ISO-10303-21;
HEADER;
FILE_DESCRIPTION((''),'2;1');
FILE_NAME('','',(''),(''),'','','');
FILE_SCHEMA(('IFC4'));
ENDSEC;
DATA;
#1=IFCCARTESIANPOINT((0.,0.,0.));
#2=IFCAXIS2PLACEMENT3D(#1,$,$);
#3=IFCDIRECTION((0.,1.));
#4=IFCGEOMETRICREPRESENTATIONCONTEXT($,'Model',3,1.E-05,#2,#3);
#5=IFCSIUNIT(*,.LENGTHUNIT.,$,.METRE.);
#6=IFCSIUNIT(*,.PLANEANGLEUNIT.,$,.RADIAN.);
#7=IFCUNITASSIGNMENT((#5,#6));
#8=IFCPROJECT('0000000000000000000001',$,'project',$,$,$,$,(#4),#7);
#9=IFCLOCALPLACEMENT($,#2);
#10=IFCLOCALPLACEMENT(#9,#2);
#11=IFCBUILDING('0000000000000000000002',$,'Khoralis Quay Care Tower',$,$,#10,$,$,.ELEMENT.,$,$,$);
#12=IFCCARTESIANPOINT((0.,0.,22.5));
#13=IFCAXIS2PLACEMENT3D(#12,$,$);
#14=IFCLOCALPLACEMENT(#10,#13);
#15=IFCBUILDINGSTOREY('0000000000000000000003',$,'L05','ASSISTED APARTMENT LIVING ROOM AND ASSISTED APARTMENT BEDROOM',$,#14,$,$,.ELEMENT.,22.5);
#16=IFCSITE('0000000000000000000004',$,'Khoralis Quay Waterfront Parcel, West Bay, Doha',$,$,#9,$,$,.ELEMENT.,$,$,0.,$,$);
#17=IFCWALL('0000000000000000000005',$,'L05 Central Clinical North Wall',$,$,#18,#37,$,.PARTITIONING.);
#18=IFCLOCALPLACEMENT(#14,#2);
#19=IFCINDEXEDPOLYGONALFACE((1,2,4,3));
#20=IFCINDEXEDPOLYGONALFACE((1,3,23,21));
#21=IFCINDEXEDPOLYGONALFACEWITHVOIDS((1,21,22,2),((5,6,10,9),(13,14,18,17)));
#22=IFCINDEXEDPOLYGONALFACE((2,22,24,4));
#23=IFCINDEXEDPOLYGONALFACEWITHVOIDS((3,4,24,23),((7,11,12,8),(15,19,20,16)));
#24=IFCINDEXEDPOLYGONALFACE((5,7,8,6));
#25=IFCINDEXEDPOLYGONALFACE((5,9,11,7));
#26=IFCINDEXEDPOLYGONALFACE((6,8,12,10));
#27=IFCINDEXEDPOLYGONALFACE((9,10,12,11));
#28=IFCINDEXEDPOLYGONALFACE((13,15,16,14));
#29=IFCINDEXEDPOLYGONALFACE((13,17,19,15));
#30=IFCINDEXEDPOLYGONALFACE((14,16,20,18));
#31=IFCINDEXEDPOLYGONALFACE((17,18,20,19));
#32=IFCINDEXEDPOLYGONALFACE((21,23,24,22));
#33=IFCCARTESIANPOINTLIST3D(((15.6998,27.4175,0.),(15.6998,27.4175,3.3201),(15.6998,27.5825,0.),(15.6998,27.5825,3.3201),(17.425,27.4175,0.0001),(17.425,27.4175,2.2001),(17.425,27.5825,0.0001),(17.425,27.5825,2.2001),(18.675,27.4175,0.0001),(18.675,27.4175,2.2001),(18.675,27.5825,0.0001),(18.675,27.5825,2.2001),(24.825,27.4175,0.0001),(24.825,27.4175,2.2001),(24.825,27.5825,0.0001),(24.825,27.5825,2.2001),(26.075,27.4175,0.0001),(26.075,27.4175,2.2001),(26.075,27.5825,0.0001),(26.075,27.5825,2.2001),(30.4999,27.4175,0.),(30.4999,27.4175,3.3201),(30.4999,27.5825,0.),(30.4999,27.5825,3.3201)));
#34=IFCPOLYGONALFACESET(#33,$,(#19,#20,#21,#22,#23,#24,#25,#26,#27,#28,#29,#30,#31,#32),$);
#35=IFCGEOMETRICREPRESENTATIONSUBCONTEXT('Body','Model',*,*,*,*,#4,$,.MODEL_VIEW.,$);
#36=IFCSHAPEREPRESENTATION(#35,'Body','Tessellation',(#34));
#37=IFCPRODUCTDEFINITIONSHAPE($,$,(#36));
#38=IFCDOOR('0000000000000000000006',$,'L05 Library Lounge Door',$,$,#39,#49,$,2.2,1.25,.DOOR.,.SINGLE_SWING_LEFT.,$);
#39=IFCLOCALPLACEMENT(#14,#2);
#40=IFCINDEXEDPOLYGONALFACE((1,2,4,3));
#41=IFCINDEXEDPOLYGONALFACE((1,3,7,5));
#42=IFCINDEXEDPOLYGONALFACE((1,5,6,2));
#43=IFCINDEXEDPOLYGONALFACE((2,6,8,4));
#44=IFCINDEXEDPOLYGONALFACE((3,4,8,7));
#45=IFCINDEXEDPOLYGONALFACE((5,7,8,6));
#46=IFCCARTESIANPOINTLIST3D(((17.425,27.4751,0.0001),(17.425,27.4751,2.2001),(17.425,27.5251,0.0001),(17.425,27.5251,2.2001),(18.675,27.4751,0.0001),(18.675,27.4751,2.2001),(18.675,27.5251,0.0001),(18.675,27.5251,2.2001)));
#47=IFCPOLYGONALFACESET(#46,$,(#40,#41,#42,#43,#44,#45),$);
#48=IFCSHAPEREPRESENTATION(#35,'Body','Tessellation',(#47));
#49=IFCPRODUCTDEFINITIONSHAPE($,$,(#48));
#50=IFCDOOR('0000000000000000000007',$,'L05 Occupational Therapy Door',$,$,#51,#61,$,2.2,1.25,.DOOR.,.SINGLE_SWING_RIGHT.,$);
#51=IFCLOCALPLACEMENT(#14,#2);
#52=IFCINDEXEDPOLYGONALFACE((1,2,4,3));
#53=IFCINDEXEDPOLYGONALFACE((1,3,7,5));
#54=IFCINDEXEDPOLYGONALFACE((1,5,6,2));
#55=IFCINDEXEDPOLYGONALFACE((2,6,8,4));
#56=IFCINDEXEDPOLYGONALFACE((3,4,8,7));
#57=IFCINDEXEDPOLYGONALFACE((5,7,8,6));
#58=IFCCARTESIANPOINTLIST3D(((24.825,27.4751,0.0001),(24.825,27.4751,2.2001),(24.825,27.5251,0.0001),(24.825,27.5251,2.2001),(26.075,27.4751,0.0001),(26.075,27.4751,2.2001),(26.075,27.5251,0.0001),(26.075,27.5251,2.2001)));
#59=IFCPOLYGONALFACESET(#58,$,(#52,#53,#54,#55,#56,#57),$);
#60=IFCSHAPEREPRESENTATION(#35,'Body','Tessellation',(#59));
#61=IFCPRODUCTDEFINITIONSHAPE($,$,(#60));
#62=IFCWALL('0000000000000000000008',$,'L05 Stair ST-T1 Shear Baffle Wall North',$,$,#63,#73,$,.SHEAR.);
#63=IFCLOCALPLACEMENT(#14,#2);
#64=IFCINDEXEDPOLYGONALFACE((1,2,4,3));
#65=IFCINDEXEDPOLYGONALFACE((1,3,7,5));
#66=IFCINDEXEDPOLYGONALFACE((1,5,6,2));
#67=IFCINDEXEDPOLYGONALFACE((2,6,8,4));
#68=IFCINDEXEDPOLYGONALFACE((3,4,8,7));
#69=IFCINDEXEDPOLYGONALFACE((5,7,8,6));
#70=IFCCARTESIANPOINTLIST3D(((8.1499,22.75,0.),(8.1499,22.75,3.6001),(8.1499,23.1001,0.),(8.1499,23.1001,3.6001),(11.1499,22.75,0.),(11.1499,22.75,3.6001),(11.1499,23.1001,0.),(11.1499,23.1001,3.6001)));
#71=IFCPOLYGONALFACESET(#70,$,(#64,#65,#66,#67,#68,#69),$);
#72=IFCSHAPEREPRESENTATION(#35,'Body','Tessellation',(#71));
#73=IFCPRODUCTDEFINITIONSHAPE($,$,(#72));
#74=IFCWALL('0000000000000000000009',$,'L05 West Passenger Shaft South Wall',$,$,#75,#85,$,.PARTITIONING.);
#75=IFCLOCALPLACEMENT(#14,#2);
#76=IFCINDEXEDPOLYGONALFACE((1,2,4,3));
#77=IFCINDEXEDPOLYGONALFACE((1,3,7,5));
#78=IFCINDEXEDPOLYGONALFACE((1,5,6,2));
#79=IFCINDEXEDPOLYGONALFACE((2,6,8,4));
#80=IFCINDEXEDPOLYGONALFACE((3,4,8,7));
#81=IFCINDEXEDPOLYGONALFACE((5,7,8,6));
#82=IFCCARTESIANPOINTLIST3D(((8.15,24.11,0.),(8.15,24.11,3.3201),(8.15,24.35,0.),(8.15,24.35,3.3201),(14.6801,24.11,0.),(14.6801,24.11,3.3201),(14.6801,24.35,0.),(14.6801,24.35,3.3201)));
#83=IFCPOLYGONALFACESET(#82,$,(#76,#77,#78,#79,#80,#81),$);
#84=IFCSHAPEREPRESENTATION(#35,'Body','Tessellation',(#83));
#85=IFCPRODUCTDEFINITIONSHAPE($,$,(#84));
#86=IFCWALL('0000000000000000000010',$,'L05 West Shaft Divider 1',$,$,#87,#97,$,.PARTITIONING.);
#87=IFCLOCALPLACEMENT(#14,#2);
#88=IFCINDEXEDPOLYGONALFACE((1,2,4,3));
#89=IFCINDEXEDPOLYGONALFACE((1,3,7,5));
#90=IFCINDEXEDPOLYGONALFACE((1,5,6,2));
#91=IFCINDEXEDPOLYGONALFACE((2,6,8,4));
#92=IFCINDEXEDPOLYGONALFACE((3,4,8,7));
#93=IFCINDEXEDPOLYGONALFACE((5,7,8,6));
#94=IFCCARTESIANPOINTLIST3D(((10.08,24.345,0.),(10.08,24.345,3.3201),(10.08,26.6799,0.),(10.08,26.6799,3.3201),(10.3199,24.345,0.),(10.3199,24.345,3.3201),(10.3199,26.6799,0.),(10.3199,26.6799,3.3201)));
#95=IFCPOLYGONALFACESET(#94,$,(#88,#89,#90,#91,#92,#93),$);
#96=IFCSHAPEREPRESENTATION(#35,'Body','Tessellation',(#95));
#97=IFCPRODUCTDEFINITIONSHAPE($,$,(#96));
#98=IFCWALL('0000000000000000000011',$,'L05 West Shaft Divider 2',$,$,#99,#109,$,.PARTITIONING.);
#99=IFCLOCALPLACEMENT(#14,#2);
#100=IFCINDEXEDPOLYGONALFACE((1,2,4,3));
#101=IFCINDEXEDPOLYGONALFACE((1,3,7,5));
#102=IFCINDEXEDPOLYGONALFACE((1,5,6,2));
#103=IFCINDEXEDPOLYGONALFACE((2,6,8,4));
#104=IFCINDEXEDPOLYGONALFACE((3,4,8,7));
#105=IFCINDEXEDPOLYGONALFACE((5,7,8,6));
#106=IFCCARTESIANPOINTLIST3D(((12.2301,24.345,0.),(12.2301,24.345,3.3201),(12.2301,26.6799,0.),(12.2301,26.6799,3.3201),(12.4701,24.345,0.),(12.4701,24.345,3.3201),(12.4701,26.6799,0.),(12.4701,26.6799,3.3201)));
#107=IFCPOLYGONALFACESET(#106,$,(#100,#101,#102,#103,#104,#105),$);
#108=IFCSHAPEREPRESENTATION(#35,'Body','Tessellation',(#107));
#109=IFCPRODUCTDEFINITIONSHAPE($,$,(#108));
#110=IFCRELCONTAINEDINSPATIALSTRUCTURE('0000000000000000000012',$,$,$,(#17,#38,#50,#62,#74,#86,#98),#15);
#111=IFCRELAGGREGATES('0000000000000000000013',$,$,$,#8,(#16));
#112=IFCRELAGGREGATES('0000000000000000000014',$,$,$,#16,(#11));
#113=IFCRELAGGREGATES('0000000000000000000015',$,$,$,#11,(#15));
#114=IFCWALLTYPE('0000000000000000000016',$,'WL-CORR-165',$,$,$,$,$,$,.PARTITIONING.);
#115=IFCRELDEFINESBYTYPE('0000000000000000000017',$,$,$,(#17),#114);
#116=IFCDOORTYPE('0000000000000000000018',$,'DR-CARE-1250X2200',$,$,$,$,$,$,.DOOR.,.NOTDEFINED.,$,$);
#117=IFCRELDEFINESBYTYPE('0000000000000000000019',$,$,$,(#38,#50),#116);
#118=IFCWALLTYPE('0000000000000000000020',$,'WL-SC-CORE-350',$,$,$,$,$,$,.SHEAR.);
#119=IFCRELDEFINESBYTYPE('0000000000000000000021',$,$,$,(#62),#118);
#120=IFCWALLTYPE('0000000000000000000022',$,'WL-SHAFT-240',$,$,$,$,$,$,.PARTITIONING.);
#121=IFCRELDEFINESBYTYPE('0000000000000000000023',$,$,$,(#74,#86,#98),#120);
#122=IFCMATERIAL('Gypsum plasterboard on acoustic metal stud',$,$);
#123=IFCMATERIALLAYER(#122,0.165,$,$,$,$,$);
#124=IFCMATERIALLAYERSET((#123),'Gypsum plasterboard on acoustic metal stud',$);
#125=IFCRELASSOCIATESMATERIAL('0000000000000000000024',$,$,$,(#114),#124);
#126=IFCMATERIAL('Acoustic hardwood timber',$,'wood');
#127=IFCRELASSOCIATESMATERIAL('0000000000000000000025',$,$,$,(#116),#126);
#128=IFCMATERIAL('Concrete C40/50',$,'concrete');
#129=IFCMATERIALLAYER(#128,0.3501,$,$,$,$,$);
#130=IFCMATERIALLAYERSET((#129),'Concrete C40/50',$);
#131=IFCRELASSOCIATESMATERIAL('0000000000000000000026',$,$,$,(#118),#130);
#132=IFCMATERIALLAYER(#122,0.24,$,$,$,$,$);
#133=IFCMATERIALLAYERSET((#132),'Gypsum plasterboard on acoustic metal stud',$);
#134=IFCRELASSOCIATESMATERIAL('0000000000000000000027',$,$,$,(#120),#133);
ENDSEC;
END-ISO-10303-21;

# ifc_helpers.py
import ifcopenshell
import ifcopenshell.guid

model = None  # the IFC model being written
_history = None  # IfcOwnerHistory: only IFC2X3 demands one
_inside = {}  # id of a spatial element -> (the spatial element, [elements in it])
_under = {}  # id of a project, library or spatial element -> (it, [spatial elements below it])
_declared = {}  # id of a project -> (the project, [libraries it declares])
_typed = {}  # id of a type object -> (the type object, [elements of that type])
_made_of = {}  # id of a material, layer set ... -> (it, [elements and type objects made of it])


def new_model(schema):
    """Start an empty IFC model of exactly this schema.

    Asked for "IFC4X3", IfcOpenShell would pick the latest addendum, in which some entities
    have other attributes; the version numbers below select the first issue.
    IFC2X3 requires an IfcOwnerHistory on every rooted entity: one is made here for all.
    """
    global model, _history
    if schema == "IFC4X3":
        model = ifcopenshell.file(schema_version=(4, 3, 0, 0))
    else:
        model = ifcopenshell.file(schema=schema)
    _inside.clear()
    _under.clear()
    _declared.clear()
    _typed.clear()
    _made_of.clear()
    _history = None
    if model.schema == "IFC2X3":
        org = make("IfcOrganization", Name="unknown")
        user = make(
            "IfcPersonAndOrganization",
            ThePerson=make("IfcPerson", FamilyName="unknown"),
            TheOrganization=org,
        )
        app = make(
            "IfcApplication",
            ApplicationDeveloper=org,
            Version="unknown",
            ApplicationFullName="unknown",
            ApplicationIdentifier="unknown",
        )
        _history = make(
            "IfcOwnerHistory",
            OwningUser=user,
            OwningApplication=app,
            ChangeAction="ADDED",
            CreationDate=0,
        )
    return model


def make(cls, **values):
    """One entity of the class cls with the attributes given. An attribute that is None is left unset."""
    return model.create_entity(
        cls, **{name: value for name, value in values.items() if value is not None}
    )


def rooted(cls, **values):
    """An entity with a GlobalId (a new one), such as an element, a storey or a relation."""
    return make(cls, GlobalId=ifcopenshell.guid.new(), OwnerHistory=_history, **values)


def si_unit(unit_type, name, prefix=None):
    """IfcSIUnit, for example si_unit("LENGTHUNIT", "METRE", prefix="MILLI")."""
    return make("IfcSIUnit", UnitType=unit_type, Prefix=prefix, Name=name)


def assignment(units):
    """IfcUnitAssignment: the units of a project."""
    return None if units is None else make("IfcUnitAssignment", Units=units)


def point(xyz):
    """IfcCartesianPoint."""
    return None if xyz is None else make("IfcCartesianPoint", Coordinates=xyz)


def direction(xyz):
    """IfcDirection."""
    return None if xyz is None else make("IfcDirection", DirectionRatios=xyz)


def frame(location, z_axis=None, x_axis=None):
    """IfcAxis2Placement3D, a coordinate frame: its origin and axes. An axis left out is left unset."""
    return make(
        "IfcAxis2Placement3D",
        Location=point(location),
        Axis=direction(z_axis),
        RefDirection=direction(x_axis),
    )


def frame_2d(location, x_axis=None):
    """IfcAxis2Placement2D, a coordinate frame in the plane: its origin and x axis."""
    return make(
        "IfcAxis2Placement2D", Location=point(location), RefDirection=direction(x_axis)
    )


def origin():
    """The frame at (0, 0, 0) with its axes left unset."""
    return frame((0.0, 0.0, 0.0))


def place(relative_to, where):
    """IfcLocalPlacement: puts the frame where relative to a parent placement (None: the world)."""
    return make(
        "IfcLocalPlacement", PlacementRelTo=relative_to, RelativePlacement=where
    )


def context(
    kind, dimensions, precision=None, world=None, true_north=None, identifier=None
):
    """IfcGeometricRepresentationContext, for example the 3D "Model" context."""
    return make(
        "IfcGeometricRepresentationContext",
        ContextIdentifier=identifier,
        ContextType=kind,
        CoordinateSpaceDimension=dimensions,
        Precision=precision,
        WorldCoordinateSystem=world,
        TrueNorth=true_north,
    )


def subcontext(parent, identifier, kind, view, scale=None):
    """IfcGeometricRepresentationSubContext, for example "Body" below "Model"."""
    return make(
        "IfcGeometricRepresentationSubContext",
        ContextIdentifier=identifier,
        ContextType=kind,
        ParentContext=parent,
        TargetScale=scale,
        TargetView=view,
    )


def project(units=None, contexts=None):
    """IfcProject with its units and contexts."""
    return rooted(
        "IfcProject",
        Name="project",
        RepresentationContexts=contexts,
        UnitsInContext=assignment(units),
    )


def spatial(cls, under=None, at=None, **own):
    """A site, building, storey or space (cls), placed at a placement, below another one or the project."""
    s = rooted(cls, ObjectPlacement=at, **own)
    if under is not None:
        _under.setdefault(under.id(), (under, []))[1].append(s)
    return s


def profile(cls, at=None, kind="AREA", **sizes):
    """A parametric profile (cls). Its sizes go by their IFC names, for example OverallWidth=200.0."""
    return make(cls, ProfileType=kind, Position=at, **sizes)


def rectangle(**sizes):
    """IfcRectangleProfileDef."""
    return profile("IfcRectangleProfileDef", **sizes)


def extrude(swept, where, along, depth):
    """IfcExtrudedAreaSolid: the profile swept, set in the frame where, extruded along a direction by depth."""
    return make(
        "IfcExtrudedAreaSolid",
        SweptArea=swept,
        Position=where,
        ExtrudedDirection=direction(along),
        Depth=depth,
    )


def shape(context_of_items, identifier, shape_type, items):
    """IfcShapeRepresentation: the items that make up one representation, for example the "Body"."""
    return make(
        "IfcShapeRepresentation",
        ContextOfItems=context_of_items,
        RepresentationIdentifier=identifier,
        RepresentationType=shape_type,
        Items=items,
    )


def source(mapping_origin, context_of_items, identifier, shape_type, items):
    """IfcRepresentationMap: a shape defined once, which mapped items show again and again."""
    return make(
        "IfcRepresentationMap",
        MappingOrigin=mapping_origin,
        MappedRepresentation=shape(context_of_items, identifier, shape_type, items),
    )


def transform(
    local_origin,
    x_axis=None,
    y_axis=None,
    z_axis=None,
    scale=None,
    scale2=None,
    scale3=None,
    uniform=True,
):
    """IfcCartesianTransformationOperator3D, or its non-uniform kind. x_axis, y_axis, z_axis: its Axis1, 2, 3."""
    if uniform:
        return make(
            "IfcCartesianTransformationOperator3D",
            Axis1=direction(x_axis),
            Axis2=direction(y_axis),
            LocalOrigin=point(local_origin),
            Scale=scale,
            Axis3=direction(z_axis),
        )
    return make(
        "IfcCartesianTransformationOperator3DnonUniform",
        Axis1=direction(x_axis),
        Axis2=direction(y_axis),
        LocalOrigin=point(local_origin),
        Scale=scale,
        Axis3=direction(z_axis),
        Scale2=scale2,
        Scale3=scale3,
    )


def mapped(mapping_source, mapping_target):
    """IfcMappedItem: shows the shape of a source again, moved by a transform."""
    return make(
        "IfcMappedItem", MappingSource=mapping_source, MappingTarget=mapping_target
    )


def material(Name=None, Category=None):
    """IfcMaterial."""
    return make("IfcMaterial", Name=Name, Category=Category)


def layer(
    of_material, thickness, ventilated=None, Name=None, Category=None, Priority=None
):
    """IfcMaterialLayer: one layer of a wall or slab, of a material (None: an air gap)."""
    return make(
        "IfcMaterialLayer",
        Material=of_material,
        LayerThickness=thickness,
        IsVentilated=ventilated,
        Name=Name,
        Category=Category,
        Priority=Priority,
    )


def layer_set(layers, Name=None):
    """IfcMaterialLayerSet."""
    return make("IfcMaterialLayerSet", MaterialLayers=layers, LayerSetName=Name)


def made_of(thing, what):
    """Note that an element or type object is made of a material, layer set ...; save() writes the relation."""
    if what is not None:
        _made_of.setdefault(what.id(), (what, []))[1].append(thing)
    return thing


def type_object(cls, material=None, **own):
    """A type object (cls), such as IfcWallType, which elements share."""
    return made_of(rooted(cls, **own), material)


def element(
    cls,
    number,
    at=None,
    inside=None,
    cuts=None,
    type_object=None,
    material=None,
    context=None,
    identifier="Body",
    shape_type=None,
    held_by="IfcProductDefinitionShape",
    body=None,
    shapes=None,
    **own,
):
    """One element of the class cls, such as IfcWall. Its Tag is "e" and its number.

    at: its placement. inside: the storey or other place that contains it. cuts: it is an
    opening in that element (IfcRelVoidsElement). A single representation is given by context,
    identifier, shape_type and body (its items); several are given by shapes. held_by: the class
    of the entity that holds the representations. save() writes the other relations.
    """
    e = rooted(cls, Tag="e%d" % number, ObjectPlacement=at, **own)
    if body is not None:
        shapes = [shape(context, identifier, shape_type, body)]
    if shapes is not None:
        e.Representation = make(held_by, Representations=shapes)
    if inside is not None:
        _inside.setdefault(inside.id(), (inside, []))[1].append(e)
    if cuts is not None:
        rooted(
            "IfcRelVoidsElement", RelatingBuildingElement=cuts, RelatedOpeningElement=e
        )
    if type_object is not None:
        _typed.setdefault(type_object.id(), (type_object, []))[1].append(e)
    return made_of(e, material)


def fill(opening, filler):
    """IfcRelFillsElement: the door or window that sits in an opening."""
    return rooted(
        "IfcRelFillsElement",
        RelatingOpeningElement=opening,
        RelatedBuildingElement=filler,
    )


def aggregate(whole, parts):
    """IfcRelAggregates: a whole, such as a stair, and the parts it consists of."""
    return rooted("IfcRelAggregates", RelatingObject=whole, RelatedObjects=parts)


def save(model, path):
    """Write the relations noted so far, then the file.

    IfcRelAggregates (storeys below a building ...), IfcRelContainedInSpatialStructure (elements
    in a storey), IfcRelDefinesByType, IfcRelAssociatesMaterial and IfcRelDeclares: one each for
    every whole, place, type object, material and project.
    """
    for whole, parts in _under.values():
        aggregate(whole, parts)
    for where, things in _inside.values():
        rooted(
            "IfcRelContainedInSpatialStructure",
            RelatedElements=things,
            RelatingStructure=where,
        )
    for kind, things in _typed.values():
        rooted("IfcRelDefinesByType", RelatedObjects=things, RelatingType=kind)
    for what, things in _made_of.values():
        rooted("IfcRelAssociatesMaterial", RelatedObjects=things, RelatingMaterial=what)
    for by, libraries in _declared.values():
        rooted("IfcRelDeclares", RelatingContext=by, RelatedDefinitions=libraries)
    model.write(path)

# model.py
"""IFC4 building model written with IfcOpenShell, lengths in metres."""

from ifc_helpers import new_model, si_unit, direction, frame, frame_2d, origin, place, context, subcontext, project, spatial, rectangle, extrude, source, transform, mapped, material, layer, layer_set, type_object, element, fill, save


model = new_model("IFC4")

# Units and contexts
model_context = context("Model", 3, precision=1e-05, world=origin(), true_north=direction((0.0, 1.0)))
body_context = subcontext(model_context, "Body", "Model", "MODEL_VIEW")
ifc_project = project(units=[si_unit("LENGTHUNIT", "METRE"), si_unit("PLANEANGLEUNIT", "RADIAN")], contexts=[model_context])

# Site, building, storey
site_placement = place(None, origin())
site = spatial("IfcSite", under=ifc_project, at=site_placement, Name="Khoralis Quay Waterfront Parcel, West Bay, Doha", CompositionType="ELEMENT", RefElevation=0.0)
building_placement = place(site_placement, origin())
building = spatial("IfcBuilding", under=site, at=building_placement, Name="Khoralis Quay Care Tower", CompositionType="ELEMENT")
storey_placement = place(building_placement, frame((0.0, 0.0, 22.5)))
storey = spatial("IfcBuildingStorey", under=building, at=storey_placement, Name="L05", Description="ASSISTED APARTMENT LIVING ROOM AND ASSISTED APARTMENT BEDROOM", CompositionType="ELEMENT", Elevation=22.5)

# Shared definitions
ifc_material_1 = material(Name="Gypsum plasterboard on acoustic metal stud")
ifc_layer_1 = layer(ifc_material_1, 0.165)
ifc_layer_set_1 = layer_set([ifc_layer_1], Name="Gypsum plasterboard on acoustic metal stud")
wall_type_1 = type_object("IfcWallType", Name="WL-CORR-165", PredefinedType="PARTITIONING", material=ifc_layer_set_1)

# Wall, openings, doors
wall_1_placement = place(storey_placement, frame((15.7, 27.5, 0.0), z_axis=(0.0, 0.0, 1.0), x_axis=(1.0, 0.0, 0.0)))
wall_1 = element("IfcWall", 1, at=wall_1_placement, inside=storey, type_object=wall_type_1, Name="L05 Central Clinical North Wall", PredefinedType="PARTITIONING", context=body_context, shape_type="SweptSolid", body=[
    extrude(rectangle(XDim=14.8, YDim=0.165, at=frame_2d((7.3999, 0.0))), origin(), (0.0, 0.0, 1.0), 3.3201),
])
opening_1_placement = place(wall_1_placement, frame((1.7251, 0.0, 0.0)))
opening_1 = element("IfcOpeningElement", 2, at=opening_1_placement, cuts=wall_1, PredefinedType="OPENING", context=body_context, shape_type="SweptSolid", body=[
    extrude(rectangle(XDim=1.25, YDim=2.2, at=frame_2d((0.625, 1.1001))), frame((0.0, 0.0925, 0.0), z_axis=(0.0, -1.0, 0.0), x_axis=(1.0, 0.0, 0.0)), (0.0, 0.0, 1.0), 0.1851),
])
opening_2_placement = place(wall_1_placement, frame((9.125, 0.0, 0.0)))
opening_2 = element("IfcOpeningElement", 3, at=opening_2_placement, cuts=wall_1, PredefinedType="OPENING", context=body_context, shape_type="SweptSolid", body=[
    extrude(rectangle(XDim=1.25, YDim=2.2, at=frame_2d((0.625, 1.1001))), frame((0.0, 0.0925, 0.0), z_axis=(0.0, -1.0, 0.0), x_axis=(1.0, 0.0, 0.0)), (0.0, 0.0, 1.0), 0.1851),
])
ifc_material_2 = material(Name="Acoustic hardwood timber", Category="wood")
door_type_1 = type_object("IfcDoorType", Name="DR-CARE-1250X2200", OperationType="NOTDEFINED", PredefinedType="DOOR", material=ifc_material_2)
shared_shape_1 = source(origin(), body_context, "Body", "SweptSolid", [
    extrude(rectangle(XDim=1.25, YDim=2.2, at=frame_2d((0.625, 1.1001))), frame((0.0, 0.0249, 0.0), z_axis=(0.0, -1.0, 0.0), x_axis=(1.0, 0.0, 0.0)), (0.0, 0.0, 1.0), 0.05),
])
door_1_placement = place(opening_1_placement, frame((1.25, 0.0, 0.0), z_axis=(0.0, 0.0, 1.0), x_axis=(-1.0, 0.0, 0.0)))
door_1 = element("IfcDoor", 4, at=door_1_placement, inside=storey, type_object=door_type_1, Name="L05 Library Lounge Door", OperationType="SINGLE_SWING_LEFT", OverallHeight=2.2, OverallWidth=1.25, PredefinedType="DOOR", context=body_context, shape_type="MappedRepresentation", body=[
    mapped(shared_shape_1, transform((0.0, 0.0, 0.0), scale=1.0)),
])
fill(opening_1, door_1)
door_2_placement = place(opening_2_placement, frame((1.25, 0.0, 0.0), z_axis=(0.0, 0.0, 1.0), x_axis=(-1.0, 0.0, 0.0)))
door_2 = element("IfcDoor", 5, at=door_2_placement, inside=storey, type_object=door_type_1, Name="L05 Occupational Therapy Door", OperationType="SINGLE_SWING_RIGHT", OverallHeight=2.2, OverallWidth=1.25, PredefinedType="DOOR", context=body_context, shape_type="MappedRepresentation", body=[
    mapped(shared_shape_1, transform((0.0, 0.0, 0.0), scale=1.0)),
])
fill(opening_2, door_2)

# Walls
ifc_material_3 = material(Name="Concrete C40/50", Category="concrete")
ifc_layer_2 = layer(ifc_material_3, 0.3501)
ifc_layer_set_2 = layer_set([ifc_layer_2], Name="Concrete C40/50")
wall_type_2 = type_object("IfcWallType", Name="WL-SC-CORE-350", PredefinedType="SHEAR", material=ifc_layer_set_2)
wall_2_placement = place(storey_placement, frame((8.1499, 22.925, 0.0), z_axis=(0.0, 0.0, 1.0), x_axis=(1.0, 0.0, 0.0)))
element("IfcWall", 6, at=wall_2_placement, inside=storey, type_object=wall_type_2, Name="L05 Stair ST-T1 Shear Baffle Wall North", PredefinedType="SHEAR", context=body_context, shape_type="SweptSolid", body=[
    extrude(rectangle(XDim=3.0, YDim=0.3501, at=frame_2d((1.5, 0.0))), origin(), (0.0, 0.0, 1.0), 3.6001),
])
ifc_layer_3 = layer(ifc_material_1, 0.24)
ifc_layer_set_3 = layer_set([ifc_layer_3], Name="Gypsum plasterboard on acoustic metal stud")
wall_type_3 = type_object("IfcWallType", Name="WL-SHAFT-240", PredefinedType="PARTITIONING", material=ifc_layer_set_3)
wall_3_placement = place(storey_placement, frame((8.1499, 24.23, 0.0), z_axis=(0.0, 0.0, 1.0), x_axis=(1.0, 0.0, 0.0)))
element("IfcWall", 7, at=wall_3_placement, inside=storey, type_object=wall_type_3, Name="L05 West Passenger Shaft South Wall", PredefinedType="PARTITIONING", context=body_context, shape_type="SweptSolid", body=[
    extrude(rectangle(XDim=6.53, YDim=0.24, at=frame_2d((3.2651, 0.0))), origin(), (0.0, 0.0, 1.0), 3.3201),
])
for number, where, z_axis, x_axis, name in (
    (8, (10.2, 24.345, 0.0), (0.0, 0.0, 1.0), (0.0, 1.0, 0.0), "L05 West Shaft Divider 1"),
    (9, (12.3501, 24.345, 0.0), (0.0, 0.0, 1.0), (0.0, 1.0, 0.0), "L05 West Shaft Divider 2"),
):
    element("IfcWall", number, at=place(storey_placement, frame(where, z_axis=z_axis, x_axis=x_axis)), inside=storey, type_object=wall_type_3, Name=name, PredefinedType="PARTITIONING", context=body_context, shape_type="SweptSolid", body=[
        extrude(rectangle(XDim=2.335, YDim=0.24, at=frame_2d((1.1675, 0.0))), origin(), (0.0, 0.0, 1.0), 3.3201),
    ])

save(model, "model.ifc")
